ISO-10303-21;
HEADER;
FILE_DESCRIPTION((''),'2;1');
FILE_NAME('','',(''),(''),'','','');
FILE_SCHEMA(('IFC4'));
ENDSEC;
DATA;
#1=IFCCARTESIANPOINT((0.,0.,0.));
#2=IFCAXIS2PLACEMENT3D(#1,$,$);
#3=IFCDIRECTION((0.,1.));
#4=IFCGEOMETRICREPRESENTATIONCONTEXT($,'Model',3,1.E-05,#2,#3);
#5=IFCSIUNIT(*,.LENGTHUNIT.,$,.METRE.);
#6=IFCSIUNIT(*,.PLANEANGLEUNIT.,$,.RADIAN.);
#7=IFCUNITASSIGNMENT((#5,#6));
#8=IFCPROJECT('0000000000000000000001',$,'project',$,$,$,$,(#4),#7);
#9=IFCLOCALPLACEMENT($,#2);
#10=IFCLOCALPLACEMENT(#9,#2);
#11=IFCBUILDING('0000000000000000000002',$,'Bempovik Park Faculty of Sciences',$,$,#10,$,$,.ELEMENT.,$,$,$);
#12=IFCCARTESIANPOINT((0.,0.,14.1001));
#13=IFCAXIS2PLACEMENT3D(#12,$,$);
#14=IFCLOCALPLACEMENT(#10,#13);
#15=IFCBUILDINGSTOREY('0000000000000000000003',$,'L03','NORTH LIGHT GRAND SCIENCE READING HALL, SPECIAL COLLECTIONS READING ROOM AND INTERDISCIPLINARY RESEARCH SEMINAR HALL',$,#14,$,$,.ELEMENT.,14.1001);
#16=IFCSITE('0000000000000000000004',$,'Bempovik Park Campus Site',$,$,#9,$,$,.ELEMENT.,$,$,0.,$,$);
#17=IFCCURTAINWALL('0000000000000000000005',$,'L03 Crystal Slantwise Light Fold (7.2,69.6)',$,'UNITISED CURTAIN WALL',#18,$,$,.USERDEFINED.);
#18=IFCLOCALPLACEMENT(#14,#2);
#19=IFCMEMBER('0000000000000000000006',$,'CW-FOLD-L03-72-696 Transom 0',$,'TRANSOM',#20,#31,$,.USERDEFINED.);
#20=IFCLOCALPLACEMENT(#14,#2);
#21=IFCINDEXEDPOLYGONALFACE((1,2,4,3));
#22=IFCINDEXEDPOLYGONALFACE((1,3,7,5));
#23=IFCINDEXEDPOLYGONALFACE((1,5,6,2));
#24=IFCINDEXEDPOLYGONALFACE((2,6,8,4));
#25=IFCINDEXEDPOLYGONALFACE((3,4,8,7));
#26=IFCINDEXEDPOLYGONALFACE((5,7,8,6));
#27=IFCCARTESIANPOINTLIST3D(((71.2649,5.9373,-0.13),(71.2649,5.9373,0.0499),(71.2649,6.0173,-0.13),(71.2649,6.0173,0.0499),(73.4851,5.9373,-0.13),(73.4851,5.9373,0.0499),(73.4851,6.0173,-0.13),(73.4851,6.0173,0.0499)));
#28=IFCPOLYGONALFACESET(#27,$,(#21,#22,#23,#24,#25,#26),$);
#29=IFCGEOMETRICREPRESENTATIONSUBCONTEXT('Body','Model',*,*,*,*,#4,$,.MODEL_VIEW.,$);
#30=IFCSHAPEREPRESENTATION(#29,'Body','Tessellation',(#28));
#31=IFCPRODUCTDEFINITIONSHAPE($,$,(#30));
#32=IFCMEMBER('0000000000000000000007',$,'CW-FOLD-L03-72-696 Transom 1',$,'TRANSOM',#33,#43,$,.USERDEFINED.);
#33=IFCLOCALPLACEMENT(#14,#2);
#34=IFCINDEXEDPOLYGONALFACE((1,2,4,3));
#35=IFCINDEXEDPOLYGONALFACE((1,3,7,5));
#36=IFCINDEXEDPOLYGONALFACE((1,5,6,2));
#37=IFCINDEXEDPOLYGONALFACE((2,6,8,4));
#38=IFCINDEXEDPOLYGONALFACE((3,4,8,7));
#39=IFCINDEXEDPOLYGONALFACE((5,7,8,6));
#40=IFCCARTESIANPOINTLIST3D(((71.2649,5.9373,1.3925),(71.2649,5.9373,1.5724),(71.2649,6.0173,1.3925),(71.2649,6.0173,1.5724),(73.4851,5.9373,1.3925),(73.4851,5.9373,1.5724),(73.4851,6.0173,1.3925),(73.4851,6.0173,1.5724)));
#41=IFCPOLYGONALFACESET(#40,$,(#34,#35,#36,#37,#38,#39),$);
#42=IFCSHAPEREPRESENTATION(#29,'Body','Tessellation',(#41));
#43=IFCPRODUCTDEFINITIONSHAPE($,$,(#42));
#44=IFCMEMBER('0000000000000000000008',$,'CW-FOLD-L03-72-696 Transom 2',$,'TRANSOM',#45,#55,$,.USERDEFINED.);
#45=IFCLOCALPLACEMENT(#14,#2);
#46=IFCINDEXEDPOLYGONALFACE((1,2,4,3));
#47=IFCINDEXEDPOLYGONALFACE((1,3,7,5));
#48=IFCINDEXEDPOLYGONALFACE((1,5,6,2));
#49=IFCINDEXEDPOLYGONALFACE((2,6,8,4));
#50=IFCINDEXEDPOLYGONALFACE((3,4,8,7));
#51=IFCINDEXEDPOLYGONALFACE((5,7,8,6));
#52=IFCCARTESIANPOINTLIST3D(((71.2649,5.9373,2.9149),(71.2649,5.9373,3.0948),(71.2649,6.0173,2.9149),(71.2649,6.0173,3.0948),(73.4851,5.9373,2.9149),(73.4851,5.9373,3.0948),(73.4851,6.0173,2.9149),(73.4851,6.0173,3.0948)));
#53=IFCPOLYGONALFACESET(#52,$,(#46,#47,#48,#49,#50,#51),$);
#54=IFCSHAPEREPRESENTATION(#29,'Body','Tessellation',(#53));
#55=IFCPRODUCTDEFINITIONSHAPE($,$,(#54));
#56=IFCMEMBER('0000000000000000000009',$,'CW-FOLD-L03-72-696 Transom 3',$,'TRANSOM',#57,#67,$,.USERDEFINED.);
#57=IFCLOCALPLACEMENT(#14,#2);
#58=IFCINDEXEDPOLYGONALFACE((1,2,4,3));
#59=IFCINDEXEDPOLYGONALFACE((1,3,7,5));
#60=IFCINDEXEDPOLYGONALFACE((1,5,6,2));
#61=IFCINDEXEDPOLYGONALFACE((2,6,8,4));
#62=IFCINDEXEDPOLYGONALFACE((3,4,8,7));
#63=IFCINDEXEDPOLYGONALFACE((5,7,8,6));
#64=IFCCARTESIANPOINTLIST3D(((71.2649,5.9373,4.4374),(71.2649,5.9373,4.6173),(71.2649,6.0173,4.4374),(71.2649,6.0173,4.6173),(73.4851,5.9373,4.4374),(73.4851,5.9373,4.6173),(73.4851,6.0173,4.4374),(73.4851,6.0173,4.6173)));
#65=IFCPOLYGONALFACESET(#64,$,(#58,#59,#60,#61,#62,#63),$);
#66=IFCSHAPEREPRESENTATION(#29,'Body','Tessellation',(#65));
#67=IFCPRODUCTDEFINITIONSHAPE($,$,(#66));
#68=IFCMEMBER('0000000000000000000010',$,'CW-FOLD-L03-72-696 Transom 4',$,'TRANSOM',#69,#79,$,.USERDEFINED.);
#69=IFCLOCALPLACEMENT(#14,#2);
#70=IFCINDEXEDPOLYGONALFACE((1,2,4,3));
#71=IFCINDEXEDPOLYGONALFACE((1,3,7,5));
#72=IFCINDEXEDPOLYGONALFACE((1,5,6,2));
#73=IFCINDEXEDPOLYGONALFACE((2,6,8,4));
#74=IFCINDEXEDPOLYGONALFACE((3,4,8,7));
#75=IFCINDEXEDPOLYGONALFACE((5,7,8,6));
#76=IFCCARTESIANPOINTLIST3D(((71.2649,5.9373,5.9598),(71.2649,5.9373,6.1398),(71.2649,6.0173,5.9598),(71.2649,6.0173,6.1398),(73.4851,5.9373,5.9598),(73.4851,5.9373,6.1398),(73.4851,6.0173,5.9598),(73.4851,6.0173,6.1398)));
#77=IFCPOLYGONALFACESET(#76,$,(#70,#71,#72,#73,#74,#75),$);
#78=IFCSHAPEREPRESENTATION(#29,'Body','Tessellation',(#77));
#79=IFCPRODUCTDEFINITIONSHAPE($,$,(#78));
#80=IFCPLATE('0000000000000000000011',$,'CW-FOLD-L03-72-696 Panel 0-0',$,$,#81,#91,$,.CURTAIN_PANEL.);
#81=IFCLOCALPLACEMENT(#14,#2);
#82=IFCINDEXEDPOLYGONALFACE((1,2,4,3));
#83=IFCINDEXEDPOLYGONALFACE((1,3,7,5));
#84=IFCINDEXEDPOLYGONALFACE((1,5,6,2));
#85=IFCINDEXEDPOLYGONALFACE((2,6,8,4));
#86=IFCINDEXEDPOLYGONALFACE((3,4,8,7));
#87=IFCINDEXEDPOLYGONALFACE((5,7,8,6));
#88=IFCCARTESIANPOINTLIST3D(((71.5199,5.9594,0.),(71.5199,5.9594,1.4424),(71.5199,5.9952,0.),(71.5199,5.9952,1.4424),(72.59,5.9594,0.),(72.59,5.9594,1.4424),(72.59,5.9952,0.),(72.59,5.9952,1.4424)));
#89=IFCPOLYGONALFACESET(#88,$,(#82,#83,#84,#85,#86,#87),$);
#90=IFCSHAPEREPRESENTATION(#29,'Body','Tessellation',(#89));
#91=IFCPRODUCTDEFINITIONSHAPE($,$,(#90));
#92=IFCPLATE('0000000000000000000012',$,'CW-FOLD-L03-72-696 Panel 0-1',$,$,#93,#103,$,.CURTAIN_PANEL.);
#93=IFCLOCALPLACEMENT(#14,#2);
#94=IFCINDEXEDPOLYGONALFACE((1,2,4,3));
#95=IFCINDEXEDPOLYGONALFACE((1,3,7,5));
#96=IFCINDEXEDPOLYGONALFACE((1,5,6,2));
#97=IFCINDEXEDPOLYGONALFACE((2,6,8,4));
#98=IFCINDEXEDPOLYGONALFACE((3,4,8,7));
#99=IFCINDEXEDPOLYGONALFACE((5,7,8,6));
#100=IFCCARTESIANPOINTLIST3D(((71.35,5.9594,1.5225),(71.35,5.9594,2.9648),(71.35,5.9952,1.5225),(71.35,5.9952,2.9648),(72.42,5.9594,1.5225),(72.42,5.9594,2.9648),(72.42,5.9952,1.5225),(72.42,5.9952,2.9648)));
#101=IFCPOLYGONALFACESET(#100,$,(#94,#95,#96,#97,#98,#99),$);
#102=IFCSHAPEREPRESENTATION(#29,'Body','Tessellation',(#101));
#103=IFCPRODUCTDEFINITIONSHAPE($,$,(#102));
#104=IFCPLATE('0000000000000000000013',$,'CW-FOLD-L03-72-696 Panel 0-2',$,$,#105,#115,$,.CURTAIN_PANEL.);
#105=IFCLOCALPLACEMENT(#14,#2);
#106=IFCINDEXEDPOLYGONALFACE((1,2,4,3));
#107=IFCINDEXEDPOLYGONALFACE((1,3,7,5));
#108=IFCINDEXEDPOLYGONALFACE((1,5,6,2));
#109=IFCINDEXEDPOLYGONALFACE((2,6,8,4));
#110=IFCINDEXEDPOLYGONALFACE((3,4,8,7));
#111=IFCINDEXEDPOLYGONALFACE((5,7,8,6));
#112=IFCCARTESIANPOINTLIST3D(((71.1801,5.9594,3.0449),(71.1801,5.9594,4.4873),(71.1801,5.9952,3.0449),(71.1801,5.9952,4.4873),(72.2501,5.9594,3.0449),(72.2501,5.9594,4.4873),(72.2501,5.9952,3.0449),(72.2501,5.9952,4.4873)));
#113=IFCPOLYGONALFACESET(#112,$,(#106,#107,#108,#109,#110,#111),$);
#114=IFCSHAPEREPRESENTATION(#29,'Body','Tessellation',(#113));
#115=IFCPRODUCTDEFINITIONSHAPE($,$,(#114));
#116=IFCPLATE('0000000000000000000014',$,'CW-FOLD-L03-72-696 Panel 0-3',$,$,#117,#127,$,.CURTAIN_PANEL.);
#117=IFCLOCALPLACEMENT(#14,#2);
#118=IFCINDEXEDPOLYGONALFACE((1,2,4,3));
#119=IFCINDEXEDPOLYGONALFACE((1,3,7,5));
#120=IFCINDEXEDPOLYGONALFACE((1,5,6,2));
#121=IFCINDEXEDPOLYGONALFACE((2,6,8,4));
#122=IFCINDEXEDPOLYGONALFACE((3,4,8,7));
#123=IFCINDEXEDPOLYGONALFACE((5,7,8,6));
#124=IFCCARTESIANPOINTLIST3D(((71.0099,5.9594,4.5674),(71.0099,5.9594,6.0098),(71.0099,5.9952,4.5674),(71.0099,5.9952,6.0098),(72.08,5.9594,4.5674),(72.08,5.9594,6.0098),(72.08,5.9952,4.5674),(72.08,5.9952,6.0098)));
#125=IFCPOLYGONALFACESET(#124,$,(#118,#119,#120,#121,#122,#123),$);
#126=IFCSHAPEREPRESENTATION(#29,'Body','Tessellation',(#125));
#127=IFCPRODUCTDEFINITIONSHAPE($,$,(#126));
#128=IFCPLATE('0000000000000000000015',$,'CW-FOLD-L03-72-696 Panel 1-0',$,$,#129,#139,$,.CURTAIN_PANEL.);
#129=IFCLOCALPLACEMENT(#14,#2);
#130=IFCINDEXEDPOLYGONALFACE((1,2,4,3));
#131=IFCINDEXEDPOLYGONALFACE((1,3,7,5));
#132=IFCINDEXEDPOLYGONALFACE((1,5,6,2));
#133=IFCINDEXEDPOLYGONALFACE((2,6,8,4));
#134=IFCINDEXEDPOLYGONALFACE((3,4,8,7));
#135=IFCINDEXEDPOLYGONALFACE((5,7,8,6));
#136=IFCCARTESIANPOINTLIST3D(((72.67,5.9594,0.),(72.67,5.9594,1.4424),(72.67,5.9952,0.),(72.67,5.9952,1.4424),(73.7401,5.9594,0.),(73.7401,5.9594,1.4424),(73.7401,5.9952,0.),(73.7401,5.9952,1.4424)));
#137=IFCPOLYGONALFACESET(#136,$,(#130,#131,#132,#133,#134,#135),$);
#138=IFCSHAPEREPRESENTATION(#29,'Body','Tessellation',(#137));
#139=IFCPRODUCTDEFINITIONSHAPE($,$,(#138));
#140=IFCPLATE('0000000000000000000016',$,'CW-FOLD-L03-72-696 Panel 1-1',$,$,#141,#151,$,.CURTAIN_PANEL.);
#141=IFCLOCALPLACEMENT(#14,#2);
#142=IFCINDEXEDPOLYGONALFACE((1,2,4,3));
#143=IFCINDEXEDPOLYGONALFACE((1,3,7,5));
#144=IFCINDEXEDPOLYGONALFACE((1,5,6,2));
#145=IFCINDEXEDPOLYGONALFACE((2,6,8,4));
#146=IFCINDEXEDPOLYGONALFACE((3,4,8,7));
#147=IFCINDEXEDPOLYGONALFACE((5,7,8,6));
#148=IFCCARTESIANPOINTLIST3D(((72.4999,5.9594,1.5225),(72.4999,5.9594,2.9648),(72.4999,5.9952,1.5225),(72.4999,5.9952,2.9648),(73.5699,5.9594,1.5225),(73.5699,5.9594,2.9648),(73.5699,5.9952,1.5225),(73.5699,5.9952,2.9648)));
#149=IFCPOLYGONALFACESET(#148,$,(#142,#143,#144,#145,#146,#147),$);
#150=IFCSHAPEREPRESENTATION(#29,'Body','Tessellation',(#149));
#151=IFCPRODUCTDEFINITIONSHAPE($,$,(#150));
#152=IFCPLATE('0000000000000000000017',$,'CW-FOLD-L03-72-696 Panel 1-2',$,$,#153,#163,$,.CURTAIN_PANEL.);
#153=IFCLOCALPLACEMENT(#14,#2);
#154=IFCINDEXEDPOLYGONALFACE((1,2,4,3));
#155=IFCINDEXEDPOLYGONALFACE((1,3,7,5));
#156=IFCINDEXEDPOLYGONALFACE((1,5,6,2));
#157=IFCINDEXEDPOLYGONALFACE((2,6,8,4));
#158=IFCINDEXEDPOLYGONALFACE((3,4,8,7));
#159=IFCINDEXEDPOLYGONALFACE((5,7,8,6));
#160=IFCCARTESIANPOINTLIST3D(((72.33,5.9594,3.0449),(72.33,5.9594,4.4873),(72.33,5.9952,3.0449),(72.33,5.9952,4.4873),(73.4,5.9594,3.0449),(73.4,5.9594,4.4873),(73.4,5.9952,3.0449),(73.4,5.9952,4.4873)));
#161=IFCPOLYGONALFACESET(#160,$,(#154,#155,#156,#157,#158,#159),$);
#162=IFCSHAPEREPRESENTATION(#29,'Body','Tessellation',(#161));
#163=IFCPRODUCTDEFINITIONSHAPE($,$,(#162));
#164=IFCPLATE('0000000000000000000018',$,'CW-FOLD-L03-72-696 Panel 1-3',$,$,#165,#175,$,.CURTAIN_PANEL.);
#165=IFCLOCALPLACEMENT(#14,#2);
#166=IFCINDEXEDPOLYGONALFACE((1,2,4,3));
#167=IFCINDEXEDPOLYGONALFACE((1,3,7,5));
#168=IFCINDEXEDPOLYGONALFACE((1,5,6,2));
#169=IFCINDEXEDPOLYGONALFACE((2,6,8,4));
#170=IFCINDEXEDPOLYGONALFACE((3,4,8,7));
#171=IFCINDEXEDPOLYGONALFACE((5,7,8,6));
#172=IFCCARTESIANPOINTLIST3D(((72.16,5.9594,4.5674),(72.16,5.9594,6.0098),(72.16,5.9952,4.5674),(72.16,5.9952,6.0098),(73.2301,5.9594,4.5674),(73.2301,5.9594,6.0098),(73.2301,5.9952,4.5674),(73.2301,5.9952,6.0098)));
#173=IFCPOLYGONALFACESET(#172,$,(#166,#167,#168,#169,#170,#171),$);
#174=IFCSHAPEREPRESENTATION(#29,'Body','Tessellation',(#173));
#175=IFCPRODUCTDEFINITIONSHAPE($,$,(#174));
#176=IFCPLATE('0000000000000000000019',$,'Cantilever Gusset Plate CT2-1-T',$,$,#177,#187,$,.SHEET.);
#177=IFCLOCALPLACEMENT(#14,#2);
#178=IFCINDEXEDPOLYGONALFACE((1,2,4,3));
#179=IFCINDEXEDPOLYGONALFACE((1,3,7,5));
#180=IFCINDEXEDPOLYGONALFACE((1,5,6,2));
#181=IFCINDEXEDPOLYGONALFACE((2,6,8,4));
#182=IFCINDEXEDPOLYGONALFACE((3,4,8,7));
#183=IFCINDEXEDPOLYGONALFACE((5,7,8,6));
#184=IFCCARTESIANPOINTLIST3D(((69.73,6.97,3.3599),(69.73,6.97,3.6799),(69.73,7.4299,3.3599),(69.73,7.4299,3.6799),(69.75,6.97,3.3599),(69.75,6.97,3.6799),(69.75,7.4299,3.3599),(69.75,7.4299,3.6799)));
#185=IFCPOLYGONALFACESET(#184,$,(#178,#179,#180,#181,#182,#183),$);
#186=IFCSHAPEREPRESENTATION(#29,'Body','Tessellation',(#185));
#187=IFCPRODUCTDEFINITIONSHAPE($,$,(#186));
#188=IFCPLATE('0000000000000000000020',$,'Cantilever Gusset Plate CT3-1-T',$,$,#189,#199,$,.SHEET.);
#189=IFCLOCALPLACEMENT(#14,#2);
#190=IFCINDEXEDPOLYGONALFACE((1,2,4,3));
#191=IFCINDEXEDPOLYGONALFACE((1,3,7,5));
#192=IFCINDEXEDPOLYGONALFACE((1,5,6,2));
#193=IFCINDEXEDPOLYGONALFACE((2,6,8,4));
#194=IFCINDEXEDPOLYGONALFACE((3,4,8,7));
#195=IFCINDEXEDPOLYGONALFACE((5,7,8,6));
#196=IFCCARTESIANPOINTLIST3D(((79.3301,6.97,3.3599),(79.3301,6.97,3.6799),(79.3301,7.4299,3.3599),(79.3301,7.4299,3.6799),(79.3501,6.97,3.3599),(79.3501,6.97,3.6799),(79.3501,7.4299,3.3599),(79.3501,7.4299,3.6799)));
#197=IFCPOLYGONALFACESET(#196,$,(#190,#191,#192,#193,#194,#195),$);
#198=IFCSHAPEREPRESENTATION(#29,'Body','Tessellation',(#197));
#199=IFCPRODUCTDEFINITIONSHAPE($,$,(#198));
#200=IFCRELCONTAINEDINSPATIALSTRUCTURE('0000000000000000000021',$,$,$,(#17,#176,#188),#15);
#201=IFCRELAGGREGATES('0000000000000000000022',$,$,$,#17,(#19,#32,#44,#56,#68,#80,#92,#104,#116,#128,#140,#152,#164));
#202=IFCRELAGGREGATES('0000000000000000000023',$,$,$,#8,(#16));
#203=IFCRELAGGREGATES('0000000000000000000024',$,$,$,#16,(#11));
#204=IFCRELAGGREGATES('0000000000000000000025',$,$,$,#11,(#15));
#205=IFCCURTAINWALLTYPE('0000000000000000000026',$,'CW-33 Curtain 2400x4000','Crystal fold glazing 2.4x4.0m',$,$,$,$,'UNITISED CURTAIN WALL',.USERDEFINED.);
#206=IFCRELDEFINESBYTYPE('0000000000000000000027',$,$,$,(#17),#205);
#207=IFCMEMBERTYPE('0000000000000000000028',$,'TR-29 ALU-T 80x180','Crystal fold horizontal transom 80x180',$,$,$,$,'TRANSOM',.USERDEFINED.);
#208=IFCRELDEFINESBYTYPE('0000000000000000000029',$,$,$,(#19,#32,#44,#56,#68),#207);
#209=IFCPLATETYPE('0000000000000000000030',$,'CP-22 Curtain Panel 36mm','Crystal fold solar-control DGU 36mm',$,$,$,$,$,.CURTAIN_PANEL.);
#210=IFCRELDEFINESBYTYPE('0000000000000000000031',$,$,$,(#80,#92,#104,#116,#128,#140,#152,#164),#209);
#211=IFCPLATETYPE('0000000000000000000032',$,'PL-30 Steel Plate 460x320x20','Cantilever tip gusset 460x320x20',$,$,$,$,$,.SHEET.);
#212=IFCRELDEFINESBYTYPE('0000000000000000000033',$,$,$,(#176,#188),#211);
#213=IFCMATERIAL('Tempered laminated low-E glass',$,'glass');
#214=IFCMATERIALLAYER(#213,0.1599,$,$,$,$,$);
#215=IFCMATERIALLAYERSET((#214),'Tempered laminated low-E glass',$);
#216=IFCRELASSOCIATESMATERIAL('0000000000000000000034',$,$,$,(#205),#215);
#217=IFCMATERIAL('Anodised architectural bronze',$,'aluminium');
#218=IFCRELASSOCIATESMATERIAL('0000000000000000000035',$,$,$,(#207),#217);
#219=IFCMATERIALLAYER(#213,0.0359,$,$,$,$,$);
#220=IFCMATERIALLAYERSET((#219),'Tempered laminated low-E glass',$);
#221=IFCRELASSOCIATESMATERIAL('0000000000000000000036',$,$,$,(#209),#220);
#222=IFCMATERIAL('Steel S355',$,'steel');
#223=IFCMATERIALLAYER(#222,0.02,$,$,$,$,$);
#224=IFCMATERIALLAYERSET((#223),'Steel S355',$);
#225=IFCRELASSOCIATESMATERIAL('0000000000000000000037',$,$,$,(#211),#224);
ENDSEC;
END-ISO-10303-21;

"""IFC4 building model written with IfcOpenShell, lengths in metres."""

from ifc_helpers import new_model, si_unit, direction, frame, origin, origin_2d, place, context, subcontext, project, spatial, rectangle, extrude, material, layer, layer_set, material_profile, profile_set, type_object, element, aggregate, save


model = new_model("IFC4")

# Units and contexts
model_context = context("Model", 3, precision=1e-05, world=origin(), true_north=direction((0.0, 1.0)))
body_context = subcontext(model_context, "Body", "Model", "MODEL_VIEW")
ifc_project = project(units=[si_unit("LENGTHUNIT", "METRE"), si_unit("PLANEANGLEUNIT", "RADIAN")], contexts=[model_context])

# Site, building, storey
site_placement = place(None, origin())
site = spatial("IfcSite", under=ifc_project, at=site_placement, Name="Bempovik Park Campus Site", CompositionType="ELEMENT", RefElevation=0.0)
building_placement = place(site_placement, origin())
building = spatial("IfcBuilding", under=site, at=building_placement, Name="Bempovik Park Faculty of Sciences", CompositionType="ELEMENT")
storey_placement = place(building_placement, frame((0.0, 0.0, 14.1001)))
storey = spatial("IfcBuildingStorey", under=building, at=storey_placement, Name="L03", Description="NORTH LIGHT GRAND SCIENCE READING HALL, SPECIAL COLLECTIONS READING ROOM AND INTERDISCIPLINARY RESEARCH SEMINAR HALL", CompositionType="ELEMENT", Elevation=14.1001)

# Shared definitions
ifc_material_1 = material(Name="Steel S355", Category="steel")

# Curtain wall, members, plates
ifc_material_2 = material(Name="Tempered laminated low-E glass", Category="glass")
ifc_layer_1 = layer(ifc_material_2, 0.1599)
ifc_layer_set_1 = layer_set([ifc_layer_1], Name="Tempered laminated low-E glass")
curtain_wall_type = type_object("IfcCurtainWallType", Name="CW-33 Curtain 2400x4000", Description="Crystal fold glazing 2.4x4.0m", ElementType="UNITISED CURTAIN WALL", PredefinedType="USERDEFINED", material=ifc_layer_set_1)
curtain_wall_placement = place(storey_placement, origin())
curtain_wall = element("IfcCurtainWall", 1, at=curtain_wall_placement, inside=storey, type_object=curtain_wall_type, Name="L03 Crystal Slantwise Light Fold (7.2,69.6)", ObjectType="UNITISED CURTAIN WALL", PredefinedType="USERDEFINED")
ifc_material_3 = material(Name="Anodised architectural bronze", Category="aluminium")
ifc_material_profile_1 = material_profile(ifc_material_3, rectangle(XDim=0.0801, YDim=0.1799, at=origin_2d()), Name="ALU-T 80x180")
ifc_profile_set_1 = profile_set([ifc_material_profile_1], Name="Anodised architectural bronze")
member_type_1 = type_object("IfcMemberType", Name="TR-29 ALU-T 80x180", Description="Crystal fold horizontal transom 80x180", ElementType="TRANSOM", PredefinedType="USERDEFINED", material=ifc_profile_set_1)
member_1_placement = place(storey_placement, frame((71.2649, 5.9773, -0.04), z_axis=(1.0, 0.0, 0.0), x_axis=(0.0, 1.0, 0.0)))
member_1 = element("IfcMember", 2, at=member_1_placement, type_object=member_type_1, Name="CW-FOLD-L03-72-696 Transom 0", ObjectType="TRANSOM", PredefinedType="USERDEFINED", context=body_context, shape_type="SweptSolid", body=[
    extrude(rectangle(XDim=0.0801, YDim=0.1799, at=origin_2d()), origin(), (0.0, 0.0, 1.0), 2.2202),
])
member_2_placement = place(storey_placement, frame((71.2649, 5.9773, 1.4824), z_axis=(1.0, 0.0, 0.0), x_axis=(0.0, 1.0, 0.0)))
member_2 = element("IfcMember", 3, at=member_2_placement, type_object=member_type_1, Name="CW-FOLD-L03-72-696 Transom 1", ObjectType="TRANSOM", PredefinedType="USERDEFINED", context=body_context, shape_type="SweptSolid", body=[
    extrude(rectangle(XDim=0.0801, YDim=0.1799, at=origin_2d()), origin(), (0.0, 0.0, 1.0), 2.2202),
])
member_3_placement = place(storey_placement, frame((71.2649, 5.9773, 3.0049), z_axis=(1.0, 0.0, 0.0), x_axis=(0.0, 1.0, 0.0)))
member_3 = element("IfcMember", 4, at=member_3_placement, type_object=member_type_1, Name="CW-FOLD-L03-72-696 Transom 2", ObjectType="TRANSOM", PredefinedType="USERDEFINED", context=body_context, shape_type="SweptSolid", body=[
    extrude(rectangle(XDim=0.0801, YDim=0.1799, at=origin_2d()), origin(), (0.0, 0.0, 1.0), 2.2202),
])
member_4_placement = place(storey_placement, frame((71.2649, 5.9773, 4.5273), z_axis=(1.0, 0.0, 0.0), x_axis=(0.0, 1.0, 0.0)))
member_4 = element("IfcMember", 5, at=member_4_placement, type_object=member_type_1, Name="CW-FOLD-L03-72-696 Transom 3", ObjectType="TRANSOM", PredefinedType="USERDEFINED", context=body_context, shape_type="SweptSolid", body=[
    extrude(rectangle(XDim=0.0801, YDim=0.1799, at=origin_2d()), origin(), (0.0, 0.0, 1.0), 2.2202),
])
member_5_placement = place(storey_placement, frame((71.2649, 5.9773, 6.0498), z_axis=(1.0, 0.0, 0.0), x_axis=(0.0, 1.0, 0.0)))
member_5 = element("IfcMember", 6, at=member_5_placement, type_object=member_type_1, Name="CW-FOLD-L03-72-696 Transom 4", ObjectType="TRANSOM", PredefinedType="USERDEFINED", context=body_context, shape_type="SweptSolid", body=[
    extrude(rectangle(XDim=0.0801, YDim=0.1799, at=origin_2d()), origin(), (0.0, 0.0, 1.0), 2.2202),
])
ifc_layer_2 = layer(ifc_material_2, 0.0359)
ifc_layer_set_2 = layer_set([ifc_layer_2], Name="Tempered laminated low-E glass")
plate_type_1 = type_object("IfcPlateType", Name="CP-22 Curtain Panel 36mm", Description="Crystal fold solar-control DGU 36mm", PredefinedType="CURTAIN_PANEL", material=ifc_layer_set_2)
plate_1_placement = place(storey_placement, frame((72.0549, 5.9773, 0.0), z_axis=(0.0, 0.0, 1.0), x_axis=(1.0, 0.0, 0.0)))
plate_1 = element("IfcPlate", 7, at=plate_1_placement, type_object=plate_type_1, Name="CW-FOLD-L03-72-696 Panel 0-0", PredefinedType="CURTAIN_PANEL", context=body_context, shape_type="SweptSolid", body=[
    extrude(rectangle(XDim=1.0701, YDim=0.0359, at=origin_2d()), origin(), (0.0, 0.0, 1.0), 1.4424),
])
plate_2_placement = place(storey_placement, frame((71.885, 5.9773, 1.5225), z_axis=(0.0, 0.0, 1.0), x_axis=(1.0, 0.0, 0.0)))
plate_2 = element("IfcPlate", 8, at=plate_2_placement, type_object=plate_type_1, Name="CW-FOLD-L03-72-696 Panel 0-1", PredefinedType="CURTAIN_PANEL", context=body_context, shape_type="SweptSolid", body=[
    extrude(rectangle(XDim=1.0701, YDim=0.0359, at=origin_2d()), origin(), (0.0, 0.0, 1.0), 1.4424),
])
plate_3_placement = place(storey_placement, frame((71.7151, 5.9773, 3.0449), z_axis=(0.0, 0.0, 1.0), x_axis=(1.0, 0.0, 0.0)))
plate_3 = element("IfcPlate", 9, at=plate_3_placement, type_object=plate_type_1, Name="CW-FOLD-L03-72-696 Panel 0-2", PredefinedType="CURTAIN_PANEL", context=body_context, shape_type="SweptSolid", body=[
    extrude(rectangle(XDim=1.0701, YDim=0.0359, at=origin_2d()), origin(), (0.0, 0.0, 1.0), 1.4424),
])
plate_4_placement = place(storey_placement, frame((71.5449, 5.9773, 4.5674), z_axis=(0.0, 0.0, 1.0), x_axis=(1.0, 0.0, 0.0)))
plate_4 = element("IfcPlate", 10, at=plate_4_placement, type_object=plate_type_1, Name="CW-FOLD-L03-72-696 Panel 0-3", PredefinedType="CURTAIN_PANEL", context=body_context, shape_type="SweptSolid", body=[
    extrude(rectangle(XDim=1.0701, YDim=0.0359, at=origin_2d()), origin(), (0.0, 0.0, 1.0), 1.4424),
])
plate_5_placement = place(storey_placement, frame((73.2051, 5.9773, 0.0), z_axis=(0.0, 0.0, 1.0), x_axis=(1.0, 0.0, 0.0)))
plate_5 = element("IfcPlate", 11, at=plate_5_placement, type_object=plate_type_1, Name="CW-FOLD-L03-72-696 Panel 1-0", PredefinedType="CURTAIN_PANEL", context=body_context, shape_type="SweptSolid", body=[
    extrude(rectangle(XDim=1.0701, YDim=0.0359, at=origin_2d()), origin(), (0.0, 0.0, 1.0), 1.4424),
])
plate_6_placement = place(storey_placement, frame((73.0349, 5.9773, 1.5225), z_axis=(0.0, 0.0, 1.0), x_axis=(1.0, 0.0, 0.0)))
plate_6 = element("IfcPlate", 12, at=plate_6_placement, type_object=plate_type_1, Name="CW-FOLD-L03-72-696 Panel 1-1", PredefinedType="CURTAIN_PANEL", context=body_context, shape_type="SweptSolid", body=[
    extrude(rectangle(XDim=1.0701, YDim=0.0359, at=origin_2d()), origin(), (0.0, 0.0, 1.0), 1.4424),
])
plate_7_placement = place(storey_placement, frame((72.865, 5.9773, 3.0449), z_axis=(0.0, 0.0, 1.0), x_axis=(1.0, 0.0, 0.0)))
plate_7 = element("IfcPlate", 13, at=plate_7_placement, type_object=plate_type_1, Name="CW-FOLD-L03-72-696 Panel 1-2", PredefinedType="CURTAIN_PANEL", context=body_context, shape_type="SweptSolid", body=[
    extrude(rectangle(XDim=1.0701, YDim=0.0359, at=origin_2d()), origin(), (0.0, 0.0, 1.0), 1.4424),
])
plate_8_placement = place(storey_placement, frame((72.6951, 5.9773, 4.5674), z_axis=(0.0, 0.0, 1.0), x_axis=(1.0, 0.0, 0.0)))
plate_8 = element("IfcPlate", 14, at=plate_8_placement, type_object=plate_type_1, Name="CW-FOLD-L03-72-696 Panel 1-3", PredefinedType="CURTAIN_PANEL", context=body_context, shape_type="SweptSolid", body=[
    extrude(rectangle(XDim=1.0701, YDim=0.0359, at=origin_2d()), origin(), (0.0, 0.0, 1.0), 1.4424),
])
aggregate(curtain_wall, [member_1, member_2, member_3, member_4, member_5, plate_1, plate_2, plate_3, plate_4, plate_5, plate_6, plate_7, plate_8])

# Plates
ifc_layer_3 = layer(ifc_material_1, 0.02)
ifc_layer_set_3 = layer_set([ifc_layer_3], Name="Steel S355")
plate_type_2 = type_object("IfcPlateType", Name="PL-30 Steel Plate 460x320x20", Description="Cantilever tip gusset 460x320x20", PredefinedType="SHEET", material=ifc_layer_set_3)
for number, where, z_axis, x_axis, name in (
    (15, (69.74, 7.2, 3.3599), (0.0, 0.0, 1.0), (1.0, 0.0, 0.0), "Cantilever Gusset Plate CT2-1-T"),
    (16, (79.3401, 7.2, 3.3599), (0.0, 0.0, 1.0), (1.0, 0.0, 0.0), "Cantilever Gusset Plate CT3-1-T"),
):
    element("IfcPlate", number, at=place(storey_placement, frame(where, z_axis=z_axis, x_axis=x_axis)), inside=storey, type_object=plate_type_2, Name=name, PredefinedType="SHEET", context=body_context, shape_type="SweptSolid", body=[
        extrude(rectangle(XDim=0.02, YDim=0.46, at=origin_2d()), origin(), (0.0, 0.0, 1.0), 0.3201),
    ])

save(model, "model.ifc")
